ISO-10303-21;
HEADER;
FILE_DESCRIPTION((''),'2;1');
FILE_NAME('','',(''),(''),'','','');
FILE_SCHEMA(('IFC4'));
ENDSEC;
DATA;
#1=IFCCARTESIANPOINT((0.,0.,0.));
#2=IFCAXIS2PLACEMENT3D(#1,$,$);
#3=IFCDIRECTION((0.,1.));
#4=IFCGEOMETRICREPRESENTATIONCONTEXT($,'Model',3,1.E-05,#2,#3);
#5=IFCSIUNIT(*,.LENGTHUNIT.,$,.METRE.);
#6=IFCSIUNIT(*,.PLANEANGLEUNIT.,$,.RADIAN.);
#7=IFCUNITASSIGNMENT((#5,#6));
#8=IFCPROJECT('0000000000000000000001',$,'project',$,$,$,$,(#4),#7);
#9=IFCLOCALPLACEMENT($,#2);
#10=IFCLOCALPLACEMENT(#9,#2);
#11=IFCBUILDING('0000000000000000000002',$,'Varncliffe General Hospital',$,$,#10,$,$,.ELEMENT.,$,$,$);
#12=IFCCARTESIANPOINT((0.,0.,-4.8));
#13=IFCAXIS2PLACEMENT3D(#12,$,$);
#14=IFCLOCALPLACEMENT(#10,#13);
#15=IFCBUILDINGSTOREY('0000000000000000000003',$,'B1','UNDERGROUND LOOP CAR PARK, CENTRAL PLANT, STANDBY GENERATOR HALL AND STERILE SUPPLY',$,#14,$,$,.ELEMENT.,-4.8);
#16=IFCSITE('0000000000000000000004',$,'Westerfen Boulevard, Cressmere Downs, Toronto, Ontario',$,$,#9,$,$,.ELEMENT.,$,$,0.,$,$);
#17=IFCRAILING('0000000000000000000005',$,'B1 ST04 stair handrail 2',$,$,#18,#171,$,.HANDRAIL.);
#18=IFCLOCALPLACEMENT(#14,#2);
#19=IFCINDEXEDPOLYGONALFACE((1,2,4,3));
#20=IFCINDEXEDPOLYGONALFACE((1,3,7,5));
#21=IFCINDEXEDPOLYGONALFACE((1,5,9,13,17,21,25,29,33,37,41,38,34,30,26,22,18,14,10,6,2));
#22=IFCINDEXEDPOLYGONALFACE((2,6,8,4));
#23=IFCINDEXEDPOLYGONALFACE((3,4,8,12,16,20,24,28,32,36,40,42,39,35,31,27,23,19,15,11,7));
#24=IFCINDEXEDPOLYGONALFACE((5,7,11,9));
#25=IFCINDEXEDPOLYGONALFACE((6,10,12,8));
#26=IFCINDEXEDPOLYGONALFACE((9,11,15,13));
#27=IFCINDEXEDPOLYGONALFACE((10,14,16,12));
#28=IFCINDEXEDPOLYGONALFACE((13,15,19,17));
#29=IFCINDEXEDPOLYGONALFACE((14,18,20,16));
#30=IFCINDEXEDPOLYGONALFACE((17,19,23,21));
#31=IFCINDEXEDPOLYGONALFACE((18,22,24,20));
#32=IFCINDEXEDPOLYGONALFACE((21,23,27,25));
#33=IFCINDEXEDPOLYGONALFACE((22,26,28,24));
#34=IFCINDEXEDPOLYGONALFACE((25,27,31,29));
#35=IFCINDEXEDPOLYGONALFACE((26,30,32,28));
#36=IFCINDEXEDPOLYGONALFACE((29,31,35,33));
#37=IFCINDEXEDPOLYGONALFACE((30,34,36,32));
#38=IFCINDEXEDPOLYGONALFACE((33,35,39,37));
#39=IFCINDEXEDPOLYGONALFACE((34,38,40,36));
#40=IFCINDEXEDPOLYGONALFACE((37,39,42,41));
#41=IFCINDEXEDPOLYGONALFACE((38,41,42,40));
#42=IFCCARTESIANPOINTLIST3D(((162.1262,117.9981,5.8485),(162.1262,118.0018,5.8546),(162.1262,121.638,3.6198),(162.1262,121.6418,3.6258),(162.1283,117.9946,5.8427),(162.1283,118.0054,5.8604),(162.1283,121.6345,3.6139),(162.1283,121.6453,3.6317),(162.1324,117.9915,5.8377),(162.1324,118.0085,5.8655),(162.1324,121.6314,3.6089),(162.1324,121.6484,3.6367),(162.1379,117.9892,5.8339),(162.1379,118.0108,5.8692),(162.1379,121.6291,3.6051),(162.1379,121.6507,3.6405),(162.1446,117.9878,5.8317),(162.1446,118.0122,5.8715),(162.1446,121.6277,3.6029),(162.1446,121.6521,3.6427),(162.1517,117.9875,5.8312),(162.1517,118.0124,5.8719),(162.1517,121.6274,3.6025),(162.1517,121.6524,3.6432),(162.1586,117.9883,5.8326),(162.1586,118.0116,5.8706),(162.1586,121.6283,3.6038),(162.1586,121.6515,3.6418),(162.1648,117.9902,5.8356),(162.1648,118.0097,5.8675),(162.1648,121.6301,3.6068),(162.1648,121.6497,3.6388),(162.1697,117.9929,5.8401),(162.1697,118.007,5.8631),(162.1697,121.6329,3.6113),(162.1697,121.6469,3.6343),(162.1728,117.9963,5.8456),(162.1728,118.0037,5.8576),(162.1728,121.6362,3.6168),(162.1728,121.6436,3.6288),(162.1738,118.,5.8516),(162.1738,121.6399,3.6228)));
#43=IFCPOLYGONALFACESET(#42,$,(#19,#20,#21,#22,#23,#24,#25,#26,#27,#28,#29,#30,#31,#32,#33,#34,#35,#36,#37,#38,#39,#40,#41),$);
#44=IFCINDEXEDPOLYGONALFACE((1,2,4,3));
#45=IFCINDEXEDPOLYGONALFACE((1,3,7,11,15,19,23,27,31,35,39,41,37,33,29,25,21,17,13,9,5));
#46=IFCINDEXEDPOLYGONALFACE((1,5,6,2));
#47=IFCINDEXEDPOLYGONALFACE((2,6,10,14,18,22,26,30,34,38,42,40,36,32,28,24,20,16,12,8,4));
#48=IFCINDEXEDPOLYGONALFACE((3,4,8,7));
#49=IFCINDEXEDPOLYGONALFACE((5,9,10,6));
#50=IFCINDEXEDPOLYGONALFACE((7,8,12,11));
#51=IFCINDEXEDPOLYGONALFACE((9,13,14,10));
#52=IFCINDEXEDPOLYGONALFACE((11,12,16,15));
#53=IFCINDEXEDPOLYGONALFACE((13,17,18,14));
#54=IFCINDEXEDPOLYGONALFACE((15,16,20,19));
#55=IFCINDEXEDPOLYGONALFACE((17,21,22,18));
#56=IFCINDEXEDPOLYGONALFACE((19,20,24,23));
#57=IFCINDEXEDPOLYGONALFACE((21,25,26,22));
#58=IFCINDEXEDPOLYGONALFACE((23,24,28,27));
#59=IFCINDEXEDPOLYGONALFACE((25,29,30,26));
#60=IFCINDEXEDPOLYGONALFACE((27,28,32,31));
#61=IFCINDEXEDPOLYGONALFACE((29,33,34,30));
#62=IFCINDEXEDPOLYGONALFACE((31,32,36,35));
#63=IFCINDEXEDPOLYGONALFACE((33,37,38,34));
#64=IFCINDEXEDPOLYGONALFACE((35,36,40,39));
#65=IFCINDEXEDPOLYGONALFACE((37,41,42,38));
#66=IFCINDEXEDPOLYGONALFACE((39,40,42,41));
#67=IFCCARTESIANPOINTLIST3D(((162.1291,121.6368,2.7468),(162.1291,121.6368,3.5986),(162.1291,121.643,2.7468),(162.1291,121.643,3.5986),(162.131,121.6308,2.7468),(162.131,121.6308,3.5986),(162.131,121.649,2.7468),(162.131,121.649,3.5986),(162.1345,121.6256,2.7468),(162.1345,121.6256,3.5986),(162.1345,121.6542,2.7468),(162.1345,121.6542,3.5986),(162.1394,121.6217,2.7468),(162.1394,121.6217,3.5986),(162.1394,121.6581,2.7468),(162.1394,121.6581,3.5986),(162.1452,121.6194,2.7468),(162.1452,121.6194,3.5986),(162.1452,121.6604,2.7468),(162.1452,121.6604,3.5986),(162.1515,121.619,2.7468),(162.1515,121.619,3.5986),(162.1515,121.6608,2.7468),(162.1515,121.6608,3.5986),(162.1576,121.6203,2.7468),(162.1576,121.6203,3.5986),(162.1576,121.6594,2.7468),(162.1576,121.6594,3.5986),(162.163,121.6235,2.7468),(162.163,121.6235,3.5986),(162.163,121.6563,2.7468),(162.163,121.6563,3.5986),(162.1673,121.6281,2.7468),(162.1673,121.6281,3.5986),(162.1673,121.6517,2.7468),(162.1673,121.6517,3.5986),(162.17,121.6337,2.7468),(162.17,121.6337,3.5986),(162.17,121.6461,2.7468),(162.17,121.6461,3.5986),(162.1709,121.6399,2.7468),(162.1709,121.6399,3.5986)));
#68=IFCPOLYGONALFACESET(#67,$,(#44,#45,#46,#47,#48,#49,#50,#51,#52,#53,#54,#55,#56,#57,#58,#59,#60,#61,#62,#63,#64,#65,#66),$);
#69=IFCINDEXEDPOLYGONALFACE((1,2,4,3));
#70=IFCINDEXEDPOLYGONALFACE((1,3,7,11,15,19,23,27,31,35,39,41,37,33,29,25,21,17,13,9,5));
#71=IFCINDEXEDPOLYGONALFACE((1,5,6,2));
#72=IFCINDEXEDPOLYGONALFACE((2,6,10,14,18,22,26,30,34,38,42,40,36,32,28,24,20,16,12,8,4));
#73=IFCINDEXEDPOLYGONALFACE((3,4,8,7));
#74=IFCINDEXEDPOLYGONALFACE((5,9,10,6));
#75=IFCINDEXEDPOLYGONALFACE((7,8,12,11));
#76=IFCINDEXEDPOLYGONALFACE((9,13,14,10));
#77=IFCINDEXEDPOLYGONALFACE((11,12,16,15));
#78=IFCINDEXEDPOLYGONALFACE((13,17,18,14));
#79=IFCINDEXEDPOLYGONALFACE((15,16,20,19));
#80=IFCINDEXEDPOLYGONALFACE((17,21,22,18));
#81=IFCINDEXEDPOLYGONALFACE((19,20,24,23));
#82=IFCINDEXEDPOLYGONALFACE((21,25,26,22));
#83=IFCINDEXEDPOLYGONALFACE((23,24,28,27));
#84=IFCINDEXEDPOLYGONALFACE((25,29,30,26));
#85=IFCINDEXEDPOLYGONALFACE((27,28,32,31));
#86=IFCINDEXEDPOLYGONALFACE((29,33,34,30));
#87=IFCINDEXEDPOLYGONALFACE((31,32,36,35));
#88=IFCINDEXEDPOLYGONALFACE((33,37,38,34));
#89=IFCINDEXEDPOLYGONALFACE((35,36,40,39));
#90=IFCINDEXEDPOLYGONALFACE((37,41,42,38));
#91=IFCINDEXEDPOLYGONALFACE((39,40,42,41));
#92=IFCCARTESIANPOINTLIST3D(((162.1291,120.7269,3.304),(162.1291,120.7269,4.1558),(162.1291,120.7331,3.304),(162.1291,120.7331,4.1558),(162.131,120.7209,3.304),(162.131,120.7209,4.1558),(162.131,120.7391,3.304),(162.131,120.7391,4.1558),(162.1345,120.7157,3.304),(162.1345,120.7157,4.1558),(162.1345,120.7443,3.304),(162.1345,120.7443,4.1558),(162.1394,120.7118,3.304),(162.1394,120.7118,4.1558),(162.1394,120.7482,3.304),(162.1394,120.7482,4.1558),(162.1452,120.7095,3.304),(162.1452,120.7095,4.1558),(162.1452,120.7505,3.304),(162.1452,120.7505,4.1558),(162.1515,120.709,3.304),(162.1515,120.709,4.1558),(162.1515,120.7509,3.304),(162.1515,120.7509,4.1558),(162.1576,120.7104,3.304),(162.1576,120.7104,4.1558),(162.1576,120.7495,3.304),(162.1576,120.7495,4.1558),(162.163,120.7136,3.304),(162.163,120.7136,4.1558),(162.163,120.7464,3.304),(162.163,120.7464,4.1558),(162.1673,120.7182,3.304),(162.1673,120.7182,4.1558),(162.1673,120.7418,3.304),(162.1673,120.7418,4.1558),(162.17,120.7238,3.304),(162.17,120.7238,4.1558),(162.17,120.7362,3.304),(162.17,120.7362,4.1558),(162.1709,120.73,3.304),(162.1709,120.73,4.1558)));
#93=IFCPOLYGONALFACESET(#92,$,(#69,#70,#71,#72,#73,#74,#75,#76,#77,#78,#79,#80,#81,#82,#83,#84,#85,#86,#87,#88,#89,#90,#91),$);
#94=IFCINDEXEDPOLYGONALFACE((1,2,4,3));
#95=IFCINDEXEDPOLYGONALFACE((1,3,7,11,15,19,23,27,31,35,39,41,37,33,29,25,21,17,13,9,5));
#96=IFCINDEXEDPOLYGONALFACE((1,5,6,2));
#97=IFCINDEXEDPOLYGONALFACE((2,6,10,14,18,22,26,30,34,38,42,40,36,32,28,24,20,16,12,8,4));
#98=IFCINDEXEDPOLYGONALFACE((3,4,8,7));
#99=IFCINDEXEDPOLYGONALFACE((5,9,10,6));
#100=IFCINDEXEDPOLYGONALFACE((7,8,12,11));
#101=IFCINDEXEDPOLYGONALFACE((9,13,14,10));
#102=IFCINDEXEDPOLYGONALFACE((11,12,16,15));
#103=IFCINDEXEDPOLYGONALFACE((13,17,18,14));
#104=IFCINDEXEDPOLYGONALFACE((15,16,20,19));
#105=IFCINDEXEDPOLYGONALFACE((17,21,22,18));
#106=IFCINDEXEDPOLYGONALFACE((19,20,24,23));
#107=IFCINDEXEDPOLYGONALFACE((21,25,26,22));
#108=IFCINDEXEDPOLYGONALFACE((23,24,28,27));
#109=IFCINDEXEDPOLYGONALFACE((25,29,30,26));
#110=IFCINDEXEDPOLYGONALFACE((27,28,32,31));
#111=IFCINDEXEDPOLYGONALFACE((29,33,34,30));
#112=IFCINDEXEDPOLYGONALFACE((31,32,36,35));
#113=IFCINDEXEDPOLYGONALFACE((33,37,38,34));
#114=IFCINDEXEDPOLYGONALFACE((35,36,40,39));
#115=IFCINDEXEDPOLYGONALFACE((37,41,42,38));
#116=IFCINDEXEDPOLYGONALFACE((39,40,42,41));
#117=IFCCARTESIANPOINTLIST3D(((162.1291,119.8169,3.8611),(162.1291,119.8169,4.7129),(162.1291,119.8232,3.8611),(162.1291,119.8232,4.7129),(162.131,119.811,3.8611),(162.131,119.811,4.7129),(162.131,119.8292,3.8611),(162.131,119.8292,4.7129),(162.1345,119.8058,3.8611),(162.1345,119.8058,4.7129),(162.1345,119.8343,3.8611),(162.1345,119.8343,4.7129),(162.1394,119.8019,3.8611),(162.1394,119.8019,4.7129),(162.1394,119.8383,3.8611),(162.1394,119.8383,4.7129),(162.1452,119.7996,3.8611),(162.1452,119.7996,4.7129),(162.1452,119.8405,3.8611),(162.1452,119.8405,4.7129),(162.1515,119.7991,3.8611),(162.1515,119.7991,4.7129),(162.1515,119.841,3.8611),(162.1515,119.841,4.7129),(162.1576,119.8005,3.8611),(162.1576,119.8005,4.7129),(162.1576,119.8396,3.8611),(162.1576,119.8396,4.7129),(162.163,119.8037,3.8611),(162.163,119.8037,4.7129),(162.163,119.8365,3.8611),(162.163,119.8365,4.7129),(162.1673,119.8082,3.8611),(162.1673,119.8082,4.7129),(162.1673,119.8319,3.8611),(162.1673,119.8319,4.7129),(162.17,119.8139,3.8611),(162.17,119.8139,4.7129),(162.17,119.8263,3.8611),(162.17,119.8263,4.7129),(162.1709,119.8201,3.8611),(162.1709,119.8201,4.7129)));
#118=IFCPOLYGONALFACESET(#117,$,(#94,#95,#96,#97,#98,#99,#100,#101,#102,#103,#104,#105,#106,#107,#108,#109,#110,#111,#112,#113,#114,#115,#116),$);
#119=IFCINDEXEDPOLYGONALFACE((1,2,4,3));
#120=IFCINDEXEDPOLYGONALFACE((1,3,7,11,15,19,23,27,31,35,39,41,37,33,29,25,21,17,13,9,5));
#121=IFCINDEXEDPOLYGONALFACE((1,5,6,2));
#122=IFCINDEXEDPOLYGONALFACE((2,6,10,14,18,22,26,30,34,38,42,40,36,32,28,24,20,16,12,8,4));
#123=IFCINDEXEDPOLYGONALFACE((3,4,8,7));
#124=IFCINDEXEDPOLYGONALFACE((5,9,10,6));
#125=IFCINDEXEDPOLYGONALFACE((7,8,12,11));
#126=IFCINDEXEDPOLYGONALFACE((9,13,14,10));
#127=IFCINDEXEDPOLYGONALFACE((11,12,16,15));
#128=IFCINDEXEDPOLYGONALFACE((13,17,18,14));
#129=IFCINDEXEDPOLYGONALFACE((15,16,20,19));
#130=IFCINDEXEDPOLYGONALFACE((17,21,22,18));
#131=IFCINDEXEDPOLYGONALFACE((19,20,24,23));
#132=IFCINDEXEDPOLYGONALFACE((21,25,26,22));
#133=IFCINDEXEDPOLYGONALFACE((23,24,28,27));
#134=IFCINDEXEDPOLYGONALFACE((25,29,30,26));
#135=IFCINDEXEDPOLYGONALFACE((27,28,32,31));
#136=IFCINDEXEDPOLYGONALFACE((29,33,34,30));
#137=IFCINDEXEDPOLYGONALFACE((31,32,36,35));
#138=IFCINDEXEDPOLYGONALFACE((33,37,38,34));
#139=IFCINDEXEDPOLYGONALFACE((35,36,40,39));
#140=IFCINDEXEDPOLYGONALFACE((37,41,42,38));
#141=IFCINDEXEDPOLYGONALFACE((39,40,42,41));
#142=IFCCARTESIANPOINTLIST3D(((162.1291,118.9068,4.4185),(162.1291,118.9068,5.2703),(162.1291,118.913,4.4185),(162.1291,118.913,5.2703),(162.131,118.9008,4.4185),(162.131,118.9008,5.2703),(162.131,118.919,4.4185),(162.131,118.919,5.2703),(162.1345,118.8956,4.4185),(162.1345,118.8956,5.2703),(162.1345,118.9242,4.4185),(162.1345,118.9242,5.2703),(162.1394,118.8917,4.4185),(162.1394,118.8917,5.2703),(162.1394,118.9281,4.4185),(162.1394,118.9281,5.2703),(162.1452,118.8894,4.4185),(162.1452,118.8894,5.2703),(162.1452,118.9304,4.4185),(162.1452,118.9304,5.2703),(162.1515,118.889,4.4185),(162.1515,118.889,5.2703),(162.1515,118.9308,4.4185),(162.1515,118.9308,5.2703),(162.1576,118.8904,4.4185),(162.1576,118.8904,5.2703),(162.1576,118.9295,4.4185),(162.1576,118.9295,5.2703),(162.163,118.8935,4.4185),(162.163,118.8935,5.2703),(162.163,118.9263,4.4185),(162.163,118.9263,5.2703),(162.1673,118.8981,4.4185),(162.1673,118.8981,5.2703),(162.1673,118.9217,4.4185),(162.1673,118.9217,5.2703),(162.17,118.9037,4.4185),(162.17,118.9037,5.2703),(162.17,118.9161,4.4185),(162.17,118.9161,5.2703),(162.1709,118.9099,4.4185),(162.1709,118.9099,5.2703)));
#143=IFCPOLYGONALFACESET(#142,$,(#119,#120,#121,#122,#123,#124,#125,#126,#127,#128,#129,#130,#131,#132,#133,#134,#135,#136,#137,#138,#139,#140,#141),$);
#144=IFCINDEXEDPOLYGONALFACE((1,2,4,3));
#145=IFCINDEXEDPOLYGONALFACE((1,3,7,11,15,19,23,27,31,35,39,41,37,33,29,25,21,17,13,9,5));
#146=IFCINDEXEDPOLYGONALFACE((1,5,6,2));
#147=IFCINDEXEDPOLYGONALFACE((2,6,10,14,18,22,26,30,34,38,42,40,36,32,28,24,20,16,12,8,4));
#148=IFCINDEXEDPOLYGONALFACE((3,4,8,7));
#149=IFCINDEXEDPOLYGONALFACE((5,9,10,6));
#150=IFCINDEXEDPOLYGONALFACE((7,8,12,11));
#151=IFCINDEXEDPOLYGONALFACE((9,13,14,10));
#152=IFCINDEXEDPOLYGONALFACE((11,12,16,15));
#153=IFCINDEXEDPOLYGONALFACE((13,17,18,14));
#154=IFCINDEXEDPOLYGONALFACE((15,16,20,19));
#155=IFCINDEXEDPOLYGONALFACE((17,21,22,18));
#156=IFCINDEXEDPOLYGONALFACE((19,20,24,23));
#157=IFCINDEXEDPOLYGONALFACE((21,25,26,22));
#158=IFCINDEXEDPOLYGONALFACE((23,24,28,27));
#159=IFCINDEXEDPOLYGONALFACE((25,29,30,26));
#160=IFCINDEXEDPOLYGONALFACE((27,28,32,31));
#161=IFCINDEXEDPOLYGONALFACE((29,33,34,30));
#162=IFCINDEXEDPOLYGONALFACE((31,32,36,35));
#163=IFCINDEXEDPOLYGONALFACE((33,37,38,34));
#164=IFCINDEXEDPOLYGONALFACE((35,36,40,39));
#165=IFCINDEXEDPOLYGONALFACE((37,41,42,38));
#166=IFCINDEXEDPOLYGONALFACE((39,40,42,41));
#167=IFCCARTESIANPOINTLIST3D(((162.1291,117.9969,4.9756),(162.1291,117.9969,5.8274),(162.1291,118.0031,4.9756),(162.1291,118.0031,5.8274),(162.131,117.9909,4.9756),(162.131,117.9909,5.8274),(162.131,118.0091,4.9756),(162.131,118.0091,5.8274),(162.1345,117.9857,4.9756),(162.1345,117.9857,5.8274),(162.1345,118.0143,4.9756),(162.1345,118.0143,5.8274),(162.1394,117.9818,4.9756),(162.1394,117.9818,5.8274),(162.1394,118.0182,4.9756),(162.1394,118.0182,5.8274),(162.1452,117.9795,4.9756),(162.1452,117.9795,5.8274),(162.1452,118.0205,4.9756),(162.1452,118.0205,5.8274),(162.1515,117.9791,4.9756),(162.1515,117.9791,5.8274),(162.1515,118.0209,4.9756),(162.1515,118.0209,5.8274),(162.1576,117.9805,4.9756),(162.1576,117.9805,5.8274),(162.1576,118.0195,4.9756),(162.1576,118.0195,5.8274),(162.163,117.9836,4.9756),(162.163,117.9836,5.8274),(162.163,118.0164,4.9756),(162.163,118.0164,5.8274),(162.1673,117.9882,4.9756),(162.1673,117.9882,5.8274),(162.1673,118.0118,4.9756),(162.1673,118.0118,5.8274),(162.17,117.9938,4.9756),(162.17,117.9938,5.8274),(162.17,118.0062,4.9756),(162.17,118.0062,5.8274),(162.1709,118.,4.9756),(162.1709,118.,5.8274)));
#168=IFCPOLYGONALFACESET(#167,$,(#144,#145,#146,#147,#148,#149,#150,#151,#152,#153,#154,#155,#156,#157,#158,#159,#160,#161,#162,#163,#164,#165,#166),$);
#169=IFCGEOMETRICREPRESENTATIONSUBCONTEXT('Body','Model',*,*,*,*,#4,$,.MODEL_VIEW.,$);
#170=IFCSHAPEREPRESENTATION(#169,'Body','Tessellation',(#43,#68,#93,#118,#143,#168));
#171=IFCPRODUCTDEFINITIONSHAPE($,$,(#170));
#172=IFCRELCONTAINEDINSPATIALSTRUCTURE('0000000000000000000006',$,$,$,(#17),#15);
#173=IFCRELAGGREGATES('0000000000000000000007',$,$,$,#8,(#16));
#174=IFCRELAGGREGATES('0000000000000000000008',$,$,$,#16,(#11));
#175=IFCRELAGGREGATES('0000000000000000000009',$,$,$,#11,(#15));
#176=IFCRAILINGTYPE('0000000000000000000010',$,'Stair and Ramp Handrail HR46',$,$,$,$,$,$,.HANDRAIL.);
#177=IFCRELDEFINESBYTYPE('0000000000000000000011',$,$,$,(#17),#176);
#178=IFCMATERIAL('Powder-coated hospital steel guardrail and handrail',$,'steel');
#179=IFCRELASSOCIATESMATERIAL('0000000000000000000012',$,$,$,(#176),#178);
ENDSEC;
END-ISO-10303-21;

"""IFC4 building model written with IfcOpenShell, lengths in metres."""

from ifc_helpers import new_model, si_unit, direction, frame, origin, origin_2d, place, context, subcontext, project, spatial, circle, extrude, material, type_object, element, save


model = new_model("IFC4")

# Units and contexts
model_context = context("Model", 3, precision=1e-05, world=origin(), true_north=direction((0.0, 1.0)))
body_context = subcontext(model_context, "Body", "Model", "MODEL_VIEW")
ifc_project = project(units=[si_unit("LENGTHUNIT", "METRE"), si_unit("PLANEANGLEUNIT", "RADIAN")], contexts=[model_context])

# Site, building, storey
site_placement = place(None, origin())
site = spatial("IfcSite", under=ifc_project, at=site_placement, Name="Westerfen Boulevard, Cressmere Downs, Toronto, Ontario", CompositionType="ELEMENT", RefElevation=0.0)
building_placement = place(site_placement, origin())
building = spatial("IfcBuilding", under=site, at=building_placement, Name="Varncliffe General Hospital", CompositionType="ELEMENT")
storey_placement = place(building_placement, frame((0.0, 0.0, -4.8)))
storey = spatial("IfcBuildingStorey", under=building, at=storey_placement, Name="B1", Description="UNDERGROUND LOOP CAR PARK, CENTRAL PLANT, STANDBY GENERATOR HALL AND STERILE SUPPLY", CompositionType="ELEMENT", Elevation=-4.8)

# Railing
ifc_material_1 = material(Name="Powder-coated hospital steel guardrail and handrail", Category="steel")
railing_type_1 = type_object("IfcRailingType", Name="Stair and Ramp Handrail HR46", PredefinedType="HANDRAIL", material=ifc_material_1)
railing_1_placement = place(storey_placement, frame((162.1499, 121.6399, 2.7468)))
element("IfcRailing", 1, at=railing_1_placement, inside=storey, type_object=railing_type_1, Name="B1 ST04 stair handrail 2", PredefinedType="HANDRAIL", context=body_context, shape_type="SweptSolid", body=[
    extrude(circle(Radius=0.0239, at=origin_2d()), frame((0.0, 0.0, 0.876), z_axis=(0.0, -0.852825, 0.522197), x_axis=(1.0, 0.0, 0.0)), (0.0, 0.0, 1.0), 4.2681),
    extrude(circle(Radius=0.021, at=origin_2d()), origin(), (0.0, 0.0, 1.0), 0.8518),
    extrude(circle(Radius=0.021, at=origin_2d()), frame((0.0, -0.9099, 0.5571)), (0.0, 0.0, 1.0), 0.8518),
    extrude(circle(Radius=0.021, at=origin_2d()), frame((0.0, -1.8198, 1.1143)), (0.0, 0.0, 1.0), 0.8518),
    extrude(circle(Radius=0.021, at=origin_2d()), frame((0.0, -2.73, 1.6716)), (0.0, 0.0, 1.0), 0.8518),
    extrude(circle(Radius=0.021, at=origin_2d()), frame((0.0, -3.6399, 2.2288)), (0.0, 0.0, 1.0), 0.8518),
])

save(model, "model.ifc")
